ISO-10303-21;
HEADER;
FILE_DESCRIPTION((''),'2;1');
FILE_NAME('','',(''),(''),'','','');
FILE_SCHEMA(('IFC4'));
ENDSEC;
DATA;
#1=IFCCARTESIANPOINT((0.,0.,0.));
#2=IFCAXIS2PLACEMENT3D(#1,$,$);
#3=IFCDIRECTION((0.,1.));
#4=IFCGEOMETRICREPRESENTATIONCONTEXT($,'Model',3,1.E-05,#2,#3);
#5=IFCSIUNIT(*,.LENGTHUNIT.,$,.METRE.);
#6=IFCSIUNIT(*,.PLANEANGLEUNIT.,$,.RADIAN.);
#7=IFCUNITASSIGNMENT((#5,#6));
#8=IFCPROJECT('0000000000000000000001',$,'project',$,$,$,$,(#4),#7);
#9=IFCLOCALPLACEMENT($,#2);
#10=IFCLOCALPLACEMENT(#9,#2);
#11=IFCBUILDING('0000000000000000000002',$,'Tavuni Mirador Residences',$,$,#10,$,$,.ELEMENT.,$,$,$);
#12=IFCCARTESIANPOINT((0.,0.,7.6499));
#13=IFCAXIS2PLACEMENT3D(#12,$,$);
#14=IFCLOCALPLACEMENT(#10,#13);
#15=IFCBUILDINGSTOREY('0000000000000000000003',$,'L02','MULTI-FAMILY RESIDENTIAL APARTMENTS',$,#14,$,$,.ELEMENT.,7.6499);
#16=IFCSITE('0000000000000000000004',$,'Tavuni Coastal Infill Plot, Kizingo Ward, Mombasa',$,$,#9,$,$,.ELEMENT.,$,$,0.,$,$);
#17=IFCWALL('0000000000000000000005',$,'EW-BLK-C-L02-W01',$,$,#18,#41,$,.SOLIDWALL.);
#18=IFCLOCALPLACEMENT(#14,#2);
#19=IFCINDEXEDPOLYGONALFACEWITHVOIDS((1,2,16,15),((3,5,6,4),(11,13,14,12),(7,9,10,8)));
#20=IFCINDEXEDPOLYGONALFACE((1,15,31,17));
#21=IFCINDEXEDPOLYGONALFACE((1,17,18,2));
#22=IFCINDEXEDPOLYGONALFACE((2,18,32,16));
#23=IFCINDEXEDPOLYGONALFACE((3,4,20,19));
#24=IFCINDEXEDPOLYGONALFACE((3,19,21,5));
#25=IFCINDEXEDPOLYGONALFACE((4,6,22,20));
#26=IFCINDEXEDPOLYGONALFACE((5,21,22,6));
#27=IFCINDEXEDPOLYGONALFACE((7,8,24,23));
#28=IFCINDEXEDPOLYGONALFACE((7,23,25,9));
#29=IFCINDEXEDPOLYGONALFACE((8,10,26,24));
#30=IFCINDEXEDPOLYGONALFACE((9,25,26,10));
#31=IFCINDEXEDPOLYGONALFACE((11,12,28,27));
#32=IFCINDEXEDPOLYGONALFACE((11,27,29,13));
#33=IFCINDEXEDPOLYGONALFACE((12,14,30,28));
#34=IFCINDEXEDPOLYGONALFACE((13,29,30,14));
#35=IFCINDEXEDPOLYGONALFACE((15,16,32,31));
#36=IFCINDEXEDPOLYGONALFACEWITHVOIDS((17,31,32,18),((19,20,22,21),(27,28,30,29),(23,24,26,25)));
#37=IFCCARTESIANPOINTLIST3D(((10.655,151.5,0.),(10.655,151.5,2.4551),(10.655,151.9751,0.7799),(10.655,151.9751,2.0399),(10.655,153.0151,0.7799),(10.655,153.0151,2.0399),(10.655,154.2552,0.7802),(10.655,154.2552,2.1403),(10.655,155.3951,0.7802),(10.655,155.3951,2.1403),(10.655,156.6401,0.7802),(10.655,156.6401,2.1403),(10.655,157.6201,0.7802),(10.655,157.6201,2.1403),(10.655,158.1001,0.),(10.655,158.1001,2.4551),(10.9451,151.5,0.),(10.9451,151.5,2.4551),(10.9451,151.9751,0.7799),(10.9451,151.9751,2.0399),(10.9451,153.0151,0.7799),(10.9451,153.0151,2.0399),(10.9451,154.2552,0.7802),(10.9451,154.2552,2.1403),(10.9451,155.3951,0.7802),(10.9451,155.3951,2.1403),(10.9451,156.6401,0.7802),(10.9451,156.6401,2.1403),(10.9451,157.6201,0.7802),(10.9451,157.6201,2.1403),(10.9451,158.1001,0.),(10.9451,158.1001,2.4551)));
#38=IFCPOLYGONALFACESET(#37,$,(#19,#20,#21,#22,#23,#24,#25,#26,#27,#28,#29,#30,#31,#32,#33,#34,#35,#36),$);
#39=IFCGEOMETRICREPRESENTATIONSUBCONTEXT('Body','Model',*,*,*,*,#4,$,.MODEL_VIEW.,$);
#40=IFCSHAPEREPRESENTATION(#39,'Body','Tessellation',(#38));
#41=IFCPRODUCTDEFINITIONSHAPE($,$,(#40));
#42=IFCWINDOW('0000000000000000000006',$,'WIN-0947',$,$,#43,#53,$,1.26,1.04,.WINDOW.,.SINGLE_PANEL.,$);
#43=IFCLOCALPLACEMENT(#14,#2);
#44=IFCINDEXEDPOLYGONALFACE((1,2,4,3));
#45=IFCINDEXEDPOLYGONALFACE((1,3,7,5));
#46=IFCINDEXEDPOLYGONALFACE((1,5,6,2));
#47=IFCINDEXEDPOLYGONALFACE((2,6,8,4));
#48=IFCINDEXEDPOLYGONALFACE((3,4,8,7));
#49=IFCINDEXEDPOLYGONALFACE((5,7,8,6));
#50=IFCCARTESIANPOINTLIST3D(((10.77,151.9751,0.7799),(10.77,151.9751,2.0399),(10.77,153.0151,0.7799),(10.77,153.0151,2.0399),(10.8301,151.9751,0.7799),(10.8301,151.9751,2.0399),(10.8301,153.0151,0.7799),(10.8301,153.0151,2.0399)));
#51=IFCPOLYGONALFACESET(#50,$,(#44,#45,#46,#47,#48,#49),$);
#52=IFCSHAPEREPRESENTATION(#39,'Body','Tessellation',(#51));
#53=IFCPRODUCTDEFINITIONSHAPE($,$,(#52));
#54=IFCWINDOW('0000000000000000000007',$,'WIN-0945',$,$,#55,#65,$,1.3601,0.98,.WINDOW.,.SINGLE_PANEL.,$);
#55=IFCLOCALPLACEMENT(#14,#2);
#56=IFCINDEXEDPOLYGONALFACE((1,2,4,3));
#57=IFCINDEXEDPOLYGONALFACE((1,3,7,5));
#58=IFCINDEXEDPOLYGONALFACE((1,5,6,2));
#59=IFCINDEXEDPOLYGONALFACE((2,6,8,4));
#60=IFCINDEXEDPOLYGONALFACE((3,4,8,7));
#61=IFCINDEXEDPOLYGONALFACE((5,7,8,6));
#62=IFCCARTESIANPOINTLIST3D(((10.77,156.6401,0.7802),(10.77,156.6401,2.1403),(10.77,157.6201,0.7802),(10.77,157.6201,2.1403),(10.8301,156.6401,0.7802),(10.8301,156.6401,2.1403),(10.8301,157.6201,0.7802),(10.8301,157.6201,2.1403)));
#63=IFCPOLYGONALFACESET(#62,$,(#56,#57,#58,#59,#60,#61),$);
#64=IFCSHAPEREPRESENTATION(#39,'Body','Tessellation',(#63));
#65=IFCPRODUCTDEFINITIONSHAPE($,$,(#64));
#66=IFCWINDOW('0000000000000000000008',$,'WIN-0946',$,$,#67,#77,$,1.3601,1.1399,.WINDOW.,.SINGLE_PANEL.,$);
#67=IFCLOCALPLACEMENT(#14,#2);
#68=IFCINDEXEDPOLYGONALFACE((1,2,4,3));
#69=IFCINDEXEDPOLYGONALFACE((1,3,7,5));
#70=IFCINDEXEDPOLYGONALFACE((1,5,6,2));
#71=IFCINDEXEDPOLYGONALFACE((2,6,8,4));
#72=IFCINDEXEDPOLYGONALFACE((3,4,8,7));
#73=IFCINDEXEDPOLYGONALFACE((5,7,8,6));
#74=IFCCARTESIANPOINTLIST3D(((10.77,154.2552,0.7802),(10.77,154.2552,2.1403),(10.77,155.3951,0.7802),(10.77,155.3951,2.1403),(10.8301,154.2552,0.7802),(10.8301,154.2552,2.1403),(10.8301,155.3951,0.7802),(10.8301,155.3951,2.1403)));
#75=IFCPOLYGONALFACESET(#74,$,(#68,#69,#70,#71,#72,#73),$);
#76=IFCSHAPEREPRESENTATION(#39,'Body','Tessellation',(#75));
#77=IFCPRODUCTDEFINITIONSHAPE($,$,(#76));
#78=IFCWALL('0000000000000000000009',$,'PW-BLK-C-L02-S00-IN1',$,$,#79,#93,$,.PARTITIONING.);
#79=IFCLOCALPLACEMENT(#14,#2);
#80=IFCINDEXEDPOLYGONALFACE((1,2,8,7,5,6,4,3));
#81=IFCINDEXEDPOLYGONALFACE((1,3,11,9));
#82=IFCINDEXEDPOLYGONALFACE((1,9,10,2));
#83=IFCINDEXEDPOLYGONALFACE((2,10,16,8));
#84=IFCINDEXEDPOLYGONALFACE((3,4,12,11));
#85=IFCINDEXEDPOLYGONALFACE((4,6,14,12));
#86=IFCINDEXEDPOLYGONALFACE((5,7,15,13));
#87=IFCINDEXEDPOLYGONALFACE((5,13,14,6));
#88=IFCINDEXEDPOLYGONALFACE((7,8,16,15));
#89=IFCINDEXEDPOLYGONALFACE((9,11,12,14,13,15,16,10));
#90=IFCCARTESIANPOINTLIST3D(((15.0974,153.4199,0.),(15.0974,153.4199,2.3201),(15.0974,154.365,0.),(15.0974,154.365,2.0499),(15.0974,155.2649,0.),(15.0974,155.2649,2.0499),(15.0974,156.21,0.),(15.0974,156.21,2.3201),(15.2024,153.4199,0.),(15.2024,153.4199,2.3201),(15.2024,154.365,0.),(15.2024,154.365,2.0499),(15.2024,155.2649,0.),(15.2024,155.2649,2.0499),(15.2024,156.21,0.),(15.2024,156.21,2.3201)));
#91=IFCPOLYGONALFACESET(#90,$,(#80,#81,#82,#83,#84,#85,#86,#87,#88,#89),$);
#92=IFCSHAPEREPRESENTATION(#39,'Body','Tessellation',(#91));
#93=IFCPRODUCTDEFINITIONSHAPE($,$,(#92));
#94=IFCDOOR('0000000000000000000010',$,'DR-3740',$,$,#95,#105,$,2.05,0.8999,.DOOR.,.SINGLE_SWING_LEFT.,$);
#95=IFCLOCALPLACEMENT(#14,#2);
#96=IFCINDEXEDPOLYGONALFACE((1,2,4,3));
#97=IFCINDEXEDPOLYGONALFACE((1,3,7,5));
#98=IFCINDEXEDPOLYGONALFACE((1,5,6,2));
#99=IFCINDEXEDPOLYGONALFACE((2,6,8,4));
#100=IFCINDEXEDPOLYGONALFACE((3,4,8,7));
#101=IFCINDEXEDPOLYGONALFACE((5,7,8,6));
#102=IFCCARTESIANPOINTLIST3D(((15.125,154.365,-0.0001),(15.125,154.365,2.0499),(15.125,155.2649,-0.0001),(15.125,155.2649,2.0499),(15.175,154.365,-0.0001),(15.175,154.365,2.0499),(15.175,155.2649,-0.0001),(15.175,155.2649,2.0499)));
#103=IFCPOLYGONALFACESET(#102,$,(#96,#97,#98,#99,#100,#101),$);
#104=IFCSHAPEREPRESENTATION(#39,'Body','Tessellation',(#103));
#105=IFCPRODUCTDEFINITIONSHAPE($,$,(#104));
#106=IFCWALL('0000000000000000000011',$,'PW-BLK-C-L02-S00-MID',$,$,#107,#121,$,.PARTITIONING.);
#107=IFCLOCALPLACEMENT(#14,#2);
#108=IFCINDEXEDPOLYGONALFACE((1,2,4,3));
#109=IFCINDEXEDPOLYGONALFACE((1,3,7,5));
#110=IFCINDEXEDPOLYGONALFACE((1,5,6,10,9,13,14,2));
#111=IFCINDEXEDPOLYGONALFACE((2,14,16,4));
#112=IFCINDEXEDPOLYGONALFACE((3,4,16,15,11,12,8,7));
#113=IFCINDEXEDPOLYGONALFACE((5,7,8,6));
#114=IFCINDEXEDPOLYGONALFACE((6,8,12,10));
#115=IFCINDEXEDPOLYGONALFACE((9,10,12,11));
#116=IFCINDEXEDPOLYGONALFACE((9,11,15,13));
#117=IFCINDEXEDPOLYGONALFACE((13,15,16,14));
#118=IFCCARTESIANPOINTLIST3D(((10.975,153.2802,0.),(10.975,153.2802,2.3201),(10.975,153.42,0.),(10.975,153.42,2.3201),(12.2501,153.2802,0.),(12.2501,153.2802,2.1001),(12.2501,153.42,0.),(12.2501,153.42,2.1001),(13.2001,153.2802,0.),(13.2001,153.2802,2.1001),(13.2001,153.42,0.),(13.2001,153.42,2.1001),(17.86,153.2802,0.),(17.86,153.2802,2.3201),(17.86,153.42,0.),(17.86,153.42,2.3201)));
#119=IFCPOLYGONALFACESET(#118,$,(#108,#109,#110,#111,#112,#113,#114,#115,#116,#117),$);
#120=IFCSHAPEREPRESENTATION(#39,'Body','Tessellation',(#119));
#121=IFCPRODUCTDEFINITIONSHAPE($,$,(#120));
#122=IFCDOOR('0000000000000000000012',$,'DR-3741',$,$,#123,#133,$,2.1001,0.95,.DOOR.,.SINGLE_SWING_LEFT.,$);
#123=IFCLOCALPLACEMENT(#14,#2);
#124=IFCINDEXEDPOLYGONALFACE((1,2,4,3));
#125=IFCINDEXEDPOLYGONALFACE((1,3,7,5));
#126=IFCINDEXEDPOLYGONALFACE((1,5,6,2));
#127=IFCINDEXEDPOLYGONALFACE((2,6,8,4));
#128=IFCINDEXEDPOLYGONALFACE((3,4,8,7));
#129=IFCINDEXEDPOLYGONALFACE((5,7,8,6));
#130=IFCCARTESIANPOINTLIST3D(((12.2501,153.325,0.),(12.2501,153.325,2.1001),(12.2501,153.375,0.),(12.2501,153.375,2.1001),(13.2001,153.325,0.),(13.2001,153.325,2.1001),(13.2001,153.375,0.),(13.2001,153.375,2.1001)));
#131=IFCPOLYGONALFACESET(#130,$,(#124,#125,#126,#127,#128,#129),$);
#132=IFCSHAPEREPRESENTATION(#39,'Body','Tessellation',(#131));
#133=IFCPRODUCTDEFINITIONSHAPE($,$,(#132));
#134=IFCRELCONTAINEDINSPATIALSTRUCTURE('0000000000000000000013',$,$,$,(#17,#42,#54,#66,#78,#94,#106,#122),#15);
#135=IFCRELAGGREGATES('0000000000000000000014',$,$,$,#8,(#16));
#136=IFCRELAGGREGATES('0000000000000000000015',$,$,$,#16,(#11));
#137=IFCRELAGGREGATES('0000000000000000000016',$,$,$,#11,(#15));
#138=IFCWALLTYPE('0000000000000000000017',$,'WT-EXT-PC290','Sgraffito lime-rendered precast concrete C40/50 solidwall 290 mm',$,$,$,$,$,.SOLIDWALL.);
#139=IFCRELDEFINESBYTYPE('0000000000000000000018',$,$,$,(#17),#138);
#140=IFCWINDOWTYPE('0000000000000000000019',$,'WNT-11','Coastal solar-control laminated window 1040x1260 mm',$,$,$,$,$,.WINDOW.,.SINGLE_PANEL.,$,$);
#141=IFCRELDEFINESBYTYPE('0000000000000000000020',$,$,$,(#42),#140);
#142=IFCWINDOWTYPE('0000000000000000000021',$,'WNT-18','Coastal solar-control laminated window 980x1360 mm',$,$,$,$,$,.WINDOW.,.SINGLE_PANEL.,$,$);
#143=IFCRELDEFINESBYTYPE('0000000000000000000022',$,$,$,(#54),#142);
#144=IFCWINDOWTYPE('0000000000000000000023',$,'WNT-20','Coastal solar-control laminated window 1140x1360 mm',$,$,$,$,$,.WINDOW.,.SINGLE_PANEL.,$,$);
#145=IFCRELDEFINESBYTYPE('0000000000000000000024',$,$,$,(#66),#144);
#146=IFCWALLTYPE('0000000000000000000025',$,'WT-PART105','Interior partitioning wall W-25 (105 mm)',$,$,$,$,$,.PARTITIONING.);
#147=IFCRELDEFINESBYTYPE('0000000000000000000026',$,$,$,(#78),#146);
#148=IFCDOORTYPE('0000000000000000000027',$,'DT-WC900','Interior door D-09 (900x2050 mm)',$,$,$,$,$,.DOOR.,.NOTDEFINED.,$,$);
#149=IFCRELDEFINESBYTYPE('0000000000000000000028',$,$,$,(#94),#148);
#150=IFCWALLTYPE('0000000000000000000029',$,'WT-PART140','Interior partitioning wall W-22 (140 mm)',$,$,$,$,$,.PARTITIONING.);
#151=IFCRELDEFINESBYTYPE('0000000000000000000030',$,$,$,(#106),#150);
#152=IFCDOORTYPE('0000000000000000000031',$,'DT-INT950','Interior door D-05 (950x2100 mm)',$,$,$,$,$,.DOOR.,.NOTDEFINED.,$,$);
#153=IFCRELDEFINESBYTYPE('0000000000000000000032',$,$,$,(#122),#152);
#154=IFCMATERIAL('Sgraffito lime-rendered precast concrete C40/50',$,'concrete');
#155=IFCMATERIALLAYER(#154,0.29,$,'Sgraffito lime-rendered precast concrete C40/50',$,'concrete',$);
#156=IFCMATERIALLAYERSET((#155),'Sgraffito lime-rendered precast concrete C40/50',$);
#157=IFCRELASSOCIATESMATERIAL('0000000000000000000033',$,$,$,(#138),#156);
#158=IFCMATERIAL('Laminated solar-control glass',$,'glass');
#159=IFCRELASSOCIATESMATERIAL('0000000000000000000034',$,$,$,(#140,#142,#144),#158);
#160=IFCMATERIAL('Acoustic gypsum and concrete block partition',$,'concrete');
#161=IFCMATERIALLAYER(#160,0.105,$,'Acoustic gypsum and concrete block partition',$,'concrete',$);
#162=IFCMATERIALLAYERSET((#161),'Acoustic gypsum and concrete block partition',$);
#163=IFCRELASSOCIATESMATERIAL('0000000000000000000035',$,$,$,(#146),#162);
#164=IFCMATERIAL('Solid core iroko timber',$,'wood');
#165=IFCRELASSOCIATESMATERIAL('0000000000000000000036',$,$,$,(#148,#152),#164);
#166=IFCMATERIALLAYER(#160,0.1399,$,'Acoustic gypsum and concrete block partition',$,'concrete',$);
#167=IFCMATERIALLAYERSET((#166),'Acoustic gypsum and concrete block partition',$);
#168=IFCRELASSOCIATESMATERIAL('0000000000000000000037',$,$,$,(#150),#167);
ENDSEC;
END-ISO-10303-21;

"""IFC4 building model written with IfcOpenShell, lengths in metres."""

from ifc_helpers import new_model, si_unit, direction, frame, frame_2d, origin, place, context, subcontext, project, spatial, rectangle, extrude, material, layer, layer_set, type_object, element, fill, save


model = new_model("IFC4")

# Units and contexts
model_context = context("Model", 3, precision=1e-05, world=origin(), true_north=direction((0.0, 1.0)))
body_context = subcontext(model_context, "Body", "Model", "MODEL_VIEW")
ifc_project = project(units=[si_unit("LENGTHUNIT", "METRE"), si_unit("PLANEANGLEUNIT", "RADIAN")], contexts=[model_context])

# Site, building, storey
site_placement = place(None, origin())
site = spatial("IfcSite", under=ifc_project, at=site_placement, Name="Tavuni Coastal Infill Plot, Kizingo Ward, Mombasa", CompositionType="ELEMENT", RefElevation=0.0)
building_placement = place(site_placement, origin())
building = spatial("IfcBuilding", under=site, at=building_placement, Name="Tavuni Mirador Residences", CompositionType="ELEMENT")
storey_placement = place(building_placement, frame((0.0, 0.0, 7.6499)))
storey = spatial("IfcBuildingStorey", under=building, at=storey_placement, Name="L02", Description="MULTI-FAMILY RESIDENTIAL APARTMENTS", CompositionType="ELEMENT", Elevation=7.6499)

# Shared definitions
ifc_material_1 = material(Name="Solid core iroko timber", Category="wood")

# Wall, openings, windows
ifc_material_2 = material(Name="Sgraffito lime-rendered precast concrete C40/50", Category="concrete")
ifc_layer_1 = layer(ifc_material_2, 0.29, Name="Sgraffito lime-rendered precast concrete C40/50", Category="concrete")
ifc_layer_set_1 = layer_set([ifc_layer_1], Name="Sgraffito lime-rendered precast concrete C40/50")
wall_type_1 = type_object("IfcWallType", Name="WT-EXT-PC290", Description="Sgraffito lime-rendered precast concrete C40/50 solidwall 290 mm", PredefinedType="SOLIDWALL", material=ifc_layer_set_1)
wall_1_placement = place(storey_placement, frame((10.8, 158.1001, 0.0), z_axis=(0.0, 0.0, 1.0), x_axis=(0.0, -1.0, 0.0)))
wall_1 = element("IfcWall", 1, at=wall_1_placement, inside=storey, type_object=wall_type_1, Name="EW-BLK-C-L02-W01", PredefinedType="SOLIDWALL", context=body_context, shape_type="SweptSolid", body=[
    extrude(rectangle(XDim=6.6001, YDim=0.29, at=frame_2d((3.3, 0.0))), origin(), (0.0, 0.0, 1.0), 2.4551),
])
opening_1_placement = place(wall_1_placement, frame((0.48, 0.0, 0.78)))
opening_1 = element("IfcOpeningElement", 2, at=opening_1_placement, cuts=wall_1, PredefinedType="OPENING", context=body_context, shape_type="SweptSolid", body=[
    extrude(rectangle(XDim=0.98, YDim=1.3601, at=frame_2d((0.49, 0.6802))), frame((0.0, 0.155, 0.0), z_axis=(0.0, -1.0, 0.0), x_axis=(1.0, 0.0, 0.0)), (0.0, 0.0, 1.0), 0.3101),
])
opening_2_placement = place(wall_1_placement, frame((2.7051, 0.0, 0.78)))
opening_2 = element("IfcOpeningElement", 3, at=opening_2_placement, cuts=wall_1, PredefinedType="OPENING", context=body_context, shape_type="SweptSolid", body=[
    extrude(rectangle(XDim=1.1399, YDim=1.3601, at=frame_2d((0.5698, 0.6802))), frame((0.0, 0.155, 0.0), z_axis=(0.0, -1.0, 0.0), x_axis=(1.0, 0.0, 0.0)), (0.0, 0.0, 1.0), 0.3101),
])
opening_3_placement = place(wall_1_placement, frame((5.085, 0.0, 0.78)))
opening_3 = element("IfcOpeningElement", 4, at=opening_3_placement, cuts=wall_1, PredefinedType="OPENING", context=body_context, shape_type="SweptSolid", body=[
    extrude(rectangle(XDim=1.04, YDim=1.26, at=frame_2d((0.52, 0.6299))), frame((0.0, 0.155, 0.0), z_axis=(0.0, -1.0, 0.0), x_axis=(1.0, 0.0, 0.0)), (0.0, 0.0, 1.0), 0.3101),
])
ifc_material_3 = material(Name="Laminated solar-control glass", Category="glass")
window_type_1 = type_object("IfcWindowType", Name="WNT-11", Description="Coastal solar-control laminated window 1040x1260 mm", PartitioningType="SINGLE_PANEL", PredefinedType="WINDOW", material=ifc_material_3)
window_1_placement = place(opening_3_placement, origin())
window_1 = element("IfcWindow", 5, at=window_1_placement, inside=storey, type_object=window_type_1, Name="WIN-0947", OverallHeight=1.26, OverallWidth=1.04, PartitioningType="SINGLE_PANEL", PredefinedType="WINDOW", context=body_context, shape_type="SweptSolid", body=[
    extrude(rectangle(XDim=1.04, YDim=1.26, at=frame_2d((0.52, 0.6299))), frame((0.0, 0.03, 0.0), z_axis=(0.0, -1.0, 0.0), x_axis=(1.0, 0.0, 0.0)), (0.0, 0.0, 1.0), 0.0601),
])
fill(opening_3, window_1)
window_type_2 = type_object("IfcWindowType", Name="WNT-18", Description="Coastal solar-control laminated window 980x1360 mm", PartitioningType="SINGLE_PANEL", PredefinedType="WINDOW", material=ifc_material_3)
window_2_placement = place(opening_1_placement, origin())
window_2 = element("IfcWindow", 6, at=window_2_placement, inside=storey, type_object=window_type_2, Name="WIN-0945", OverallHeight=1.3601, OverallWidth=0.98, PartitioningType="SINGLE_PANEL", PredefinedType="WINDOW", context=body_context, shape_type="SweptSolid", body=[
    extrude(rectangle(XDim=0.98, YDim=1.3601, at=frame_2d((0.49, 0.6802))), frame((0.0, 0.03, 0.0), z_axis=(0.0, -1.0, 0.0), x_axis=(1.0, 0.0, 0.0)), (0.0, 0.0, 1.0), 0.0601),
])
fill(opening_1, window_2)
window_type_3 = type_object("IfcWindowType", Name="WNT-20", Description="Coastal solar-control laminated window 1140x1360 mm", PartitioningType="SINGLE_PANEL", PredefinedType="WINDOW", material=ifc_material_3)
window_3_placement = place(opening_2_placement, origin())
window_3 = element("IfcWindow", 7, at=window_3_placement, inside=storey, type_object=window_type_3, Name="WIN-0946", OverallHeight=1.3601, OverallWidth=1.1399, PartitioningType="SINGLE_PANEL", PredefinedType="WINDOW", context=body_context, shape_type="SweptSolid", body=[
    extrude(rectangle(XDim=1.1399, YDim=1.3601, at=frame_2d((0.5698, 0.6802))), frame((0.0, 0.03, 0.0), z_axis=(0.0, -1.0, 0.0), x_axis=(1.0, 0.0, 0.0)), (0.0, 0.0, 1.0), 0.0601),
])
fill(opening_2, window_3)

# Walls, openings, doors
ifc_material_4 = material(Name="Acoustic gypsum and concrete block partition", Category="concrete")
ifc_layer_2 = layer(ifc_material_4, 0.105, Name="Acoustic gypsum and concrete block partition", Category="concrete")
ifc_layer_set_2 = layer_set([ifc_layer_2], Name="Acoustic gypsum and concrete block partition")
wall_type_2 = type_object("IfcWallType", Name="WT-PART105", Description="Interior partitioning wall W-25 (105 mm)", PredefinedType="PARTITIONING", material=ifc_layer_set_2)
wall_2_placement = place(storey_placement, frame((15.1499, 153.4199, 0.0), z_axis=(0.0, 0.0, 1.0), x_axis=(0.0, 1.0, 0.0)))
wall_2 = element("IfcWall", 8, at=wall_2_placement, inside=storey, type_object=wall_type_2, Name="PW-BLK-C-L02-S00-IN1", PredefinedType="PARTITIONING", context=body_context, shape_type="SweptSolid", body=[
    extrude(rectangle(XDim=2.79, YDim=0.105, at=frame_2d((1.395, 0.0))), origin(), (0.0, 0.0, 1.0), 2.3201),
])
opening_4_placement = place(wall_2_placement, frame((0.9451, 0.0, 0.0)))
opening_4 = element("IfcOpeningElement", 9, at=opening_4_placement, cuts=wall_2, PredefinedType="OPENING", context=body_context, shape_type="SweptSolid", body=[
    extrude(rectangle(XDim=0.8999, YDim=2.05, at=frame_2d((0.45, 1.0249))), frame((0.0, 0.0625, 0.0), z_axis=(0.0, -1.0, 0.0), x_axis=(1.0, 0.0, 0.0)), (0.0, 0.0, 1.0), 0.125),
])
door_type_1 = type_object("IfcDoorType", Name="DT-WC900", Description="Interior door D-09 (900x2050 mm)", OperationType="NOTDEFINED", PredefinedType="DOOR", material=ifc_material_1)
door_1_placement = place(opening_4_placement, origin())
door_1 = element("IfcDoor", 10, at=door_1_placement, inside=storey, type_object=door_type_1, Name="DR-3740", OperationType="SINGLE_SWING_LEFT", OverallHeight=2.05, OverallWidth=0.8999, PredefinedType="DOOR", context=body_context, shape_type="SweptSolid", body=[
    extrude(rectangle(XDim=0.8999, YDim=2.05, at=frame_2d((0.45, 1.0249))), frame((0.0, 0.0249, 0.0), z_axis=(0.0, -1.0, 0.0), x_axis=(1.0, 0.0, 0.0)), (0.0, 0.0, 1.0), 0.05),
])
fill(opening_4, door_1)
ifc_layer_3 = layer(ifc_material_4, 0.1399, Name="Acoustic gypsum and concrete block partition", Category="concrete")
ifc_layer_set_3 = layer_set([ifc_layer_3], Name="Acoustic gypsum and concrete block partition")
wall_type_3 = type_object("IfcWallType", Name="WT-PART140", Description="Interior partitioning wall W-22 (140 mm)", PredefinedType="PARTITIONING", material=ifc_layer_set_3)
wall_3_placement = place(storey_placement, frame((10.9751, 153.3501, 0.0), z_axis=(0.0, 0.0, 1.0), x_axis=(1.0, 0.0, 0.0)))
wall_3 = element("IfcWall", 11, at=wall_3_placement, inside=storey, type_object=wall_type_3, Name="PW-BLK-C-L02-S00-MID", PredefinedType="PARTITIONING", context=body_context, shape_type="SweptSolid", body=[
    extrude(rectangle(XDim=6.885, YDim=0.1399, at=frame_2d((3.4424, 0.0))), origin(), (0.0, 0.0, 1.0), 2.3201),
])
opening_5_placement = place(wall_3_placement, frame((1.2749, 0.0, 0.0)))
opening_5 = element("IfcOpeningElement", 12, at=opening_5_placement, cuts=wall_3, PredefinedType="OPENING", context=body_context, shape_type="SweptSolid", body=[
    extrude(rectangle(XDim=0.95, YDim=2.1001, at=frame_2d((0.4751, 1.05))), frame((0.0, 0.0801, 0.0), z_axis=(0.0, -1.0, 0.0), x_axis=(1.0, 0.0, 0.0)), (0.0, 0.0, 1.0), 0.1599),
])
door_type_2 = type_object("IfcDoorType", Name="DT-INT950", Description="Interior door D-05 (950x2100 mm)", OperationType="NOTDEFINED", PredefinedType="DOOR", material=ifc_material_1)
door_2_placement = place(opening_5_placement, origin())
door_2 = element("IfcDoor", 13, at=door_2_placement, inside=storey, type_object=door_type_2, Name="DR-3741", OperationType="SINGLE_SWING_LEFT", OverallHeight=2.1001, OverallWidth=0.95, PredefinedType="DOOR", context=body_context, shape_type="SweptSolid", body=[
    extrude(rectangle(XDim=0.95, YDim=2.1001, at=frame_2d((0.4751, 1.05))), frame((0.0, 0.0249, 0.0), z_axis=(0.0, -1.0, 0.0), x_axis=(1.0, 0.0, 0.0)), (0.0, 0.0, 1.0), 0.05),
])
fill(opening_5, door_2)

save(model, "model.ifc")
